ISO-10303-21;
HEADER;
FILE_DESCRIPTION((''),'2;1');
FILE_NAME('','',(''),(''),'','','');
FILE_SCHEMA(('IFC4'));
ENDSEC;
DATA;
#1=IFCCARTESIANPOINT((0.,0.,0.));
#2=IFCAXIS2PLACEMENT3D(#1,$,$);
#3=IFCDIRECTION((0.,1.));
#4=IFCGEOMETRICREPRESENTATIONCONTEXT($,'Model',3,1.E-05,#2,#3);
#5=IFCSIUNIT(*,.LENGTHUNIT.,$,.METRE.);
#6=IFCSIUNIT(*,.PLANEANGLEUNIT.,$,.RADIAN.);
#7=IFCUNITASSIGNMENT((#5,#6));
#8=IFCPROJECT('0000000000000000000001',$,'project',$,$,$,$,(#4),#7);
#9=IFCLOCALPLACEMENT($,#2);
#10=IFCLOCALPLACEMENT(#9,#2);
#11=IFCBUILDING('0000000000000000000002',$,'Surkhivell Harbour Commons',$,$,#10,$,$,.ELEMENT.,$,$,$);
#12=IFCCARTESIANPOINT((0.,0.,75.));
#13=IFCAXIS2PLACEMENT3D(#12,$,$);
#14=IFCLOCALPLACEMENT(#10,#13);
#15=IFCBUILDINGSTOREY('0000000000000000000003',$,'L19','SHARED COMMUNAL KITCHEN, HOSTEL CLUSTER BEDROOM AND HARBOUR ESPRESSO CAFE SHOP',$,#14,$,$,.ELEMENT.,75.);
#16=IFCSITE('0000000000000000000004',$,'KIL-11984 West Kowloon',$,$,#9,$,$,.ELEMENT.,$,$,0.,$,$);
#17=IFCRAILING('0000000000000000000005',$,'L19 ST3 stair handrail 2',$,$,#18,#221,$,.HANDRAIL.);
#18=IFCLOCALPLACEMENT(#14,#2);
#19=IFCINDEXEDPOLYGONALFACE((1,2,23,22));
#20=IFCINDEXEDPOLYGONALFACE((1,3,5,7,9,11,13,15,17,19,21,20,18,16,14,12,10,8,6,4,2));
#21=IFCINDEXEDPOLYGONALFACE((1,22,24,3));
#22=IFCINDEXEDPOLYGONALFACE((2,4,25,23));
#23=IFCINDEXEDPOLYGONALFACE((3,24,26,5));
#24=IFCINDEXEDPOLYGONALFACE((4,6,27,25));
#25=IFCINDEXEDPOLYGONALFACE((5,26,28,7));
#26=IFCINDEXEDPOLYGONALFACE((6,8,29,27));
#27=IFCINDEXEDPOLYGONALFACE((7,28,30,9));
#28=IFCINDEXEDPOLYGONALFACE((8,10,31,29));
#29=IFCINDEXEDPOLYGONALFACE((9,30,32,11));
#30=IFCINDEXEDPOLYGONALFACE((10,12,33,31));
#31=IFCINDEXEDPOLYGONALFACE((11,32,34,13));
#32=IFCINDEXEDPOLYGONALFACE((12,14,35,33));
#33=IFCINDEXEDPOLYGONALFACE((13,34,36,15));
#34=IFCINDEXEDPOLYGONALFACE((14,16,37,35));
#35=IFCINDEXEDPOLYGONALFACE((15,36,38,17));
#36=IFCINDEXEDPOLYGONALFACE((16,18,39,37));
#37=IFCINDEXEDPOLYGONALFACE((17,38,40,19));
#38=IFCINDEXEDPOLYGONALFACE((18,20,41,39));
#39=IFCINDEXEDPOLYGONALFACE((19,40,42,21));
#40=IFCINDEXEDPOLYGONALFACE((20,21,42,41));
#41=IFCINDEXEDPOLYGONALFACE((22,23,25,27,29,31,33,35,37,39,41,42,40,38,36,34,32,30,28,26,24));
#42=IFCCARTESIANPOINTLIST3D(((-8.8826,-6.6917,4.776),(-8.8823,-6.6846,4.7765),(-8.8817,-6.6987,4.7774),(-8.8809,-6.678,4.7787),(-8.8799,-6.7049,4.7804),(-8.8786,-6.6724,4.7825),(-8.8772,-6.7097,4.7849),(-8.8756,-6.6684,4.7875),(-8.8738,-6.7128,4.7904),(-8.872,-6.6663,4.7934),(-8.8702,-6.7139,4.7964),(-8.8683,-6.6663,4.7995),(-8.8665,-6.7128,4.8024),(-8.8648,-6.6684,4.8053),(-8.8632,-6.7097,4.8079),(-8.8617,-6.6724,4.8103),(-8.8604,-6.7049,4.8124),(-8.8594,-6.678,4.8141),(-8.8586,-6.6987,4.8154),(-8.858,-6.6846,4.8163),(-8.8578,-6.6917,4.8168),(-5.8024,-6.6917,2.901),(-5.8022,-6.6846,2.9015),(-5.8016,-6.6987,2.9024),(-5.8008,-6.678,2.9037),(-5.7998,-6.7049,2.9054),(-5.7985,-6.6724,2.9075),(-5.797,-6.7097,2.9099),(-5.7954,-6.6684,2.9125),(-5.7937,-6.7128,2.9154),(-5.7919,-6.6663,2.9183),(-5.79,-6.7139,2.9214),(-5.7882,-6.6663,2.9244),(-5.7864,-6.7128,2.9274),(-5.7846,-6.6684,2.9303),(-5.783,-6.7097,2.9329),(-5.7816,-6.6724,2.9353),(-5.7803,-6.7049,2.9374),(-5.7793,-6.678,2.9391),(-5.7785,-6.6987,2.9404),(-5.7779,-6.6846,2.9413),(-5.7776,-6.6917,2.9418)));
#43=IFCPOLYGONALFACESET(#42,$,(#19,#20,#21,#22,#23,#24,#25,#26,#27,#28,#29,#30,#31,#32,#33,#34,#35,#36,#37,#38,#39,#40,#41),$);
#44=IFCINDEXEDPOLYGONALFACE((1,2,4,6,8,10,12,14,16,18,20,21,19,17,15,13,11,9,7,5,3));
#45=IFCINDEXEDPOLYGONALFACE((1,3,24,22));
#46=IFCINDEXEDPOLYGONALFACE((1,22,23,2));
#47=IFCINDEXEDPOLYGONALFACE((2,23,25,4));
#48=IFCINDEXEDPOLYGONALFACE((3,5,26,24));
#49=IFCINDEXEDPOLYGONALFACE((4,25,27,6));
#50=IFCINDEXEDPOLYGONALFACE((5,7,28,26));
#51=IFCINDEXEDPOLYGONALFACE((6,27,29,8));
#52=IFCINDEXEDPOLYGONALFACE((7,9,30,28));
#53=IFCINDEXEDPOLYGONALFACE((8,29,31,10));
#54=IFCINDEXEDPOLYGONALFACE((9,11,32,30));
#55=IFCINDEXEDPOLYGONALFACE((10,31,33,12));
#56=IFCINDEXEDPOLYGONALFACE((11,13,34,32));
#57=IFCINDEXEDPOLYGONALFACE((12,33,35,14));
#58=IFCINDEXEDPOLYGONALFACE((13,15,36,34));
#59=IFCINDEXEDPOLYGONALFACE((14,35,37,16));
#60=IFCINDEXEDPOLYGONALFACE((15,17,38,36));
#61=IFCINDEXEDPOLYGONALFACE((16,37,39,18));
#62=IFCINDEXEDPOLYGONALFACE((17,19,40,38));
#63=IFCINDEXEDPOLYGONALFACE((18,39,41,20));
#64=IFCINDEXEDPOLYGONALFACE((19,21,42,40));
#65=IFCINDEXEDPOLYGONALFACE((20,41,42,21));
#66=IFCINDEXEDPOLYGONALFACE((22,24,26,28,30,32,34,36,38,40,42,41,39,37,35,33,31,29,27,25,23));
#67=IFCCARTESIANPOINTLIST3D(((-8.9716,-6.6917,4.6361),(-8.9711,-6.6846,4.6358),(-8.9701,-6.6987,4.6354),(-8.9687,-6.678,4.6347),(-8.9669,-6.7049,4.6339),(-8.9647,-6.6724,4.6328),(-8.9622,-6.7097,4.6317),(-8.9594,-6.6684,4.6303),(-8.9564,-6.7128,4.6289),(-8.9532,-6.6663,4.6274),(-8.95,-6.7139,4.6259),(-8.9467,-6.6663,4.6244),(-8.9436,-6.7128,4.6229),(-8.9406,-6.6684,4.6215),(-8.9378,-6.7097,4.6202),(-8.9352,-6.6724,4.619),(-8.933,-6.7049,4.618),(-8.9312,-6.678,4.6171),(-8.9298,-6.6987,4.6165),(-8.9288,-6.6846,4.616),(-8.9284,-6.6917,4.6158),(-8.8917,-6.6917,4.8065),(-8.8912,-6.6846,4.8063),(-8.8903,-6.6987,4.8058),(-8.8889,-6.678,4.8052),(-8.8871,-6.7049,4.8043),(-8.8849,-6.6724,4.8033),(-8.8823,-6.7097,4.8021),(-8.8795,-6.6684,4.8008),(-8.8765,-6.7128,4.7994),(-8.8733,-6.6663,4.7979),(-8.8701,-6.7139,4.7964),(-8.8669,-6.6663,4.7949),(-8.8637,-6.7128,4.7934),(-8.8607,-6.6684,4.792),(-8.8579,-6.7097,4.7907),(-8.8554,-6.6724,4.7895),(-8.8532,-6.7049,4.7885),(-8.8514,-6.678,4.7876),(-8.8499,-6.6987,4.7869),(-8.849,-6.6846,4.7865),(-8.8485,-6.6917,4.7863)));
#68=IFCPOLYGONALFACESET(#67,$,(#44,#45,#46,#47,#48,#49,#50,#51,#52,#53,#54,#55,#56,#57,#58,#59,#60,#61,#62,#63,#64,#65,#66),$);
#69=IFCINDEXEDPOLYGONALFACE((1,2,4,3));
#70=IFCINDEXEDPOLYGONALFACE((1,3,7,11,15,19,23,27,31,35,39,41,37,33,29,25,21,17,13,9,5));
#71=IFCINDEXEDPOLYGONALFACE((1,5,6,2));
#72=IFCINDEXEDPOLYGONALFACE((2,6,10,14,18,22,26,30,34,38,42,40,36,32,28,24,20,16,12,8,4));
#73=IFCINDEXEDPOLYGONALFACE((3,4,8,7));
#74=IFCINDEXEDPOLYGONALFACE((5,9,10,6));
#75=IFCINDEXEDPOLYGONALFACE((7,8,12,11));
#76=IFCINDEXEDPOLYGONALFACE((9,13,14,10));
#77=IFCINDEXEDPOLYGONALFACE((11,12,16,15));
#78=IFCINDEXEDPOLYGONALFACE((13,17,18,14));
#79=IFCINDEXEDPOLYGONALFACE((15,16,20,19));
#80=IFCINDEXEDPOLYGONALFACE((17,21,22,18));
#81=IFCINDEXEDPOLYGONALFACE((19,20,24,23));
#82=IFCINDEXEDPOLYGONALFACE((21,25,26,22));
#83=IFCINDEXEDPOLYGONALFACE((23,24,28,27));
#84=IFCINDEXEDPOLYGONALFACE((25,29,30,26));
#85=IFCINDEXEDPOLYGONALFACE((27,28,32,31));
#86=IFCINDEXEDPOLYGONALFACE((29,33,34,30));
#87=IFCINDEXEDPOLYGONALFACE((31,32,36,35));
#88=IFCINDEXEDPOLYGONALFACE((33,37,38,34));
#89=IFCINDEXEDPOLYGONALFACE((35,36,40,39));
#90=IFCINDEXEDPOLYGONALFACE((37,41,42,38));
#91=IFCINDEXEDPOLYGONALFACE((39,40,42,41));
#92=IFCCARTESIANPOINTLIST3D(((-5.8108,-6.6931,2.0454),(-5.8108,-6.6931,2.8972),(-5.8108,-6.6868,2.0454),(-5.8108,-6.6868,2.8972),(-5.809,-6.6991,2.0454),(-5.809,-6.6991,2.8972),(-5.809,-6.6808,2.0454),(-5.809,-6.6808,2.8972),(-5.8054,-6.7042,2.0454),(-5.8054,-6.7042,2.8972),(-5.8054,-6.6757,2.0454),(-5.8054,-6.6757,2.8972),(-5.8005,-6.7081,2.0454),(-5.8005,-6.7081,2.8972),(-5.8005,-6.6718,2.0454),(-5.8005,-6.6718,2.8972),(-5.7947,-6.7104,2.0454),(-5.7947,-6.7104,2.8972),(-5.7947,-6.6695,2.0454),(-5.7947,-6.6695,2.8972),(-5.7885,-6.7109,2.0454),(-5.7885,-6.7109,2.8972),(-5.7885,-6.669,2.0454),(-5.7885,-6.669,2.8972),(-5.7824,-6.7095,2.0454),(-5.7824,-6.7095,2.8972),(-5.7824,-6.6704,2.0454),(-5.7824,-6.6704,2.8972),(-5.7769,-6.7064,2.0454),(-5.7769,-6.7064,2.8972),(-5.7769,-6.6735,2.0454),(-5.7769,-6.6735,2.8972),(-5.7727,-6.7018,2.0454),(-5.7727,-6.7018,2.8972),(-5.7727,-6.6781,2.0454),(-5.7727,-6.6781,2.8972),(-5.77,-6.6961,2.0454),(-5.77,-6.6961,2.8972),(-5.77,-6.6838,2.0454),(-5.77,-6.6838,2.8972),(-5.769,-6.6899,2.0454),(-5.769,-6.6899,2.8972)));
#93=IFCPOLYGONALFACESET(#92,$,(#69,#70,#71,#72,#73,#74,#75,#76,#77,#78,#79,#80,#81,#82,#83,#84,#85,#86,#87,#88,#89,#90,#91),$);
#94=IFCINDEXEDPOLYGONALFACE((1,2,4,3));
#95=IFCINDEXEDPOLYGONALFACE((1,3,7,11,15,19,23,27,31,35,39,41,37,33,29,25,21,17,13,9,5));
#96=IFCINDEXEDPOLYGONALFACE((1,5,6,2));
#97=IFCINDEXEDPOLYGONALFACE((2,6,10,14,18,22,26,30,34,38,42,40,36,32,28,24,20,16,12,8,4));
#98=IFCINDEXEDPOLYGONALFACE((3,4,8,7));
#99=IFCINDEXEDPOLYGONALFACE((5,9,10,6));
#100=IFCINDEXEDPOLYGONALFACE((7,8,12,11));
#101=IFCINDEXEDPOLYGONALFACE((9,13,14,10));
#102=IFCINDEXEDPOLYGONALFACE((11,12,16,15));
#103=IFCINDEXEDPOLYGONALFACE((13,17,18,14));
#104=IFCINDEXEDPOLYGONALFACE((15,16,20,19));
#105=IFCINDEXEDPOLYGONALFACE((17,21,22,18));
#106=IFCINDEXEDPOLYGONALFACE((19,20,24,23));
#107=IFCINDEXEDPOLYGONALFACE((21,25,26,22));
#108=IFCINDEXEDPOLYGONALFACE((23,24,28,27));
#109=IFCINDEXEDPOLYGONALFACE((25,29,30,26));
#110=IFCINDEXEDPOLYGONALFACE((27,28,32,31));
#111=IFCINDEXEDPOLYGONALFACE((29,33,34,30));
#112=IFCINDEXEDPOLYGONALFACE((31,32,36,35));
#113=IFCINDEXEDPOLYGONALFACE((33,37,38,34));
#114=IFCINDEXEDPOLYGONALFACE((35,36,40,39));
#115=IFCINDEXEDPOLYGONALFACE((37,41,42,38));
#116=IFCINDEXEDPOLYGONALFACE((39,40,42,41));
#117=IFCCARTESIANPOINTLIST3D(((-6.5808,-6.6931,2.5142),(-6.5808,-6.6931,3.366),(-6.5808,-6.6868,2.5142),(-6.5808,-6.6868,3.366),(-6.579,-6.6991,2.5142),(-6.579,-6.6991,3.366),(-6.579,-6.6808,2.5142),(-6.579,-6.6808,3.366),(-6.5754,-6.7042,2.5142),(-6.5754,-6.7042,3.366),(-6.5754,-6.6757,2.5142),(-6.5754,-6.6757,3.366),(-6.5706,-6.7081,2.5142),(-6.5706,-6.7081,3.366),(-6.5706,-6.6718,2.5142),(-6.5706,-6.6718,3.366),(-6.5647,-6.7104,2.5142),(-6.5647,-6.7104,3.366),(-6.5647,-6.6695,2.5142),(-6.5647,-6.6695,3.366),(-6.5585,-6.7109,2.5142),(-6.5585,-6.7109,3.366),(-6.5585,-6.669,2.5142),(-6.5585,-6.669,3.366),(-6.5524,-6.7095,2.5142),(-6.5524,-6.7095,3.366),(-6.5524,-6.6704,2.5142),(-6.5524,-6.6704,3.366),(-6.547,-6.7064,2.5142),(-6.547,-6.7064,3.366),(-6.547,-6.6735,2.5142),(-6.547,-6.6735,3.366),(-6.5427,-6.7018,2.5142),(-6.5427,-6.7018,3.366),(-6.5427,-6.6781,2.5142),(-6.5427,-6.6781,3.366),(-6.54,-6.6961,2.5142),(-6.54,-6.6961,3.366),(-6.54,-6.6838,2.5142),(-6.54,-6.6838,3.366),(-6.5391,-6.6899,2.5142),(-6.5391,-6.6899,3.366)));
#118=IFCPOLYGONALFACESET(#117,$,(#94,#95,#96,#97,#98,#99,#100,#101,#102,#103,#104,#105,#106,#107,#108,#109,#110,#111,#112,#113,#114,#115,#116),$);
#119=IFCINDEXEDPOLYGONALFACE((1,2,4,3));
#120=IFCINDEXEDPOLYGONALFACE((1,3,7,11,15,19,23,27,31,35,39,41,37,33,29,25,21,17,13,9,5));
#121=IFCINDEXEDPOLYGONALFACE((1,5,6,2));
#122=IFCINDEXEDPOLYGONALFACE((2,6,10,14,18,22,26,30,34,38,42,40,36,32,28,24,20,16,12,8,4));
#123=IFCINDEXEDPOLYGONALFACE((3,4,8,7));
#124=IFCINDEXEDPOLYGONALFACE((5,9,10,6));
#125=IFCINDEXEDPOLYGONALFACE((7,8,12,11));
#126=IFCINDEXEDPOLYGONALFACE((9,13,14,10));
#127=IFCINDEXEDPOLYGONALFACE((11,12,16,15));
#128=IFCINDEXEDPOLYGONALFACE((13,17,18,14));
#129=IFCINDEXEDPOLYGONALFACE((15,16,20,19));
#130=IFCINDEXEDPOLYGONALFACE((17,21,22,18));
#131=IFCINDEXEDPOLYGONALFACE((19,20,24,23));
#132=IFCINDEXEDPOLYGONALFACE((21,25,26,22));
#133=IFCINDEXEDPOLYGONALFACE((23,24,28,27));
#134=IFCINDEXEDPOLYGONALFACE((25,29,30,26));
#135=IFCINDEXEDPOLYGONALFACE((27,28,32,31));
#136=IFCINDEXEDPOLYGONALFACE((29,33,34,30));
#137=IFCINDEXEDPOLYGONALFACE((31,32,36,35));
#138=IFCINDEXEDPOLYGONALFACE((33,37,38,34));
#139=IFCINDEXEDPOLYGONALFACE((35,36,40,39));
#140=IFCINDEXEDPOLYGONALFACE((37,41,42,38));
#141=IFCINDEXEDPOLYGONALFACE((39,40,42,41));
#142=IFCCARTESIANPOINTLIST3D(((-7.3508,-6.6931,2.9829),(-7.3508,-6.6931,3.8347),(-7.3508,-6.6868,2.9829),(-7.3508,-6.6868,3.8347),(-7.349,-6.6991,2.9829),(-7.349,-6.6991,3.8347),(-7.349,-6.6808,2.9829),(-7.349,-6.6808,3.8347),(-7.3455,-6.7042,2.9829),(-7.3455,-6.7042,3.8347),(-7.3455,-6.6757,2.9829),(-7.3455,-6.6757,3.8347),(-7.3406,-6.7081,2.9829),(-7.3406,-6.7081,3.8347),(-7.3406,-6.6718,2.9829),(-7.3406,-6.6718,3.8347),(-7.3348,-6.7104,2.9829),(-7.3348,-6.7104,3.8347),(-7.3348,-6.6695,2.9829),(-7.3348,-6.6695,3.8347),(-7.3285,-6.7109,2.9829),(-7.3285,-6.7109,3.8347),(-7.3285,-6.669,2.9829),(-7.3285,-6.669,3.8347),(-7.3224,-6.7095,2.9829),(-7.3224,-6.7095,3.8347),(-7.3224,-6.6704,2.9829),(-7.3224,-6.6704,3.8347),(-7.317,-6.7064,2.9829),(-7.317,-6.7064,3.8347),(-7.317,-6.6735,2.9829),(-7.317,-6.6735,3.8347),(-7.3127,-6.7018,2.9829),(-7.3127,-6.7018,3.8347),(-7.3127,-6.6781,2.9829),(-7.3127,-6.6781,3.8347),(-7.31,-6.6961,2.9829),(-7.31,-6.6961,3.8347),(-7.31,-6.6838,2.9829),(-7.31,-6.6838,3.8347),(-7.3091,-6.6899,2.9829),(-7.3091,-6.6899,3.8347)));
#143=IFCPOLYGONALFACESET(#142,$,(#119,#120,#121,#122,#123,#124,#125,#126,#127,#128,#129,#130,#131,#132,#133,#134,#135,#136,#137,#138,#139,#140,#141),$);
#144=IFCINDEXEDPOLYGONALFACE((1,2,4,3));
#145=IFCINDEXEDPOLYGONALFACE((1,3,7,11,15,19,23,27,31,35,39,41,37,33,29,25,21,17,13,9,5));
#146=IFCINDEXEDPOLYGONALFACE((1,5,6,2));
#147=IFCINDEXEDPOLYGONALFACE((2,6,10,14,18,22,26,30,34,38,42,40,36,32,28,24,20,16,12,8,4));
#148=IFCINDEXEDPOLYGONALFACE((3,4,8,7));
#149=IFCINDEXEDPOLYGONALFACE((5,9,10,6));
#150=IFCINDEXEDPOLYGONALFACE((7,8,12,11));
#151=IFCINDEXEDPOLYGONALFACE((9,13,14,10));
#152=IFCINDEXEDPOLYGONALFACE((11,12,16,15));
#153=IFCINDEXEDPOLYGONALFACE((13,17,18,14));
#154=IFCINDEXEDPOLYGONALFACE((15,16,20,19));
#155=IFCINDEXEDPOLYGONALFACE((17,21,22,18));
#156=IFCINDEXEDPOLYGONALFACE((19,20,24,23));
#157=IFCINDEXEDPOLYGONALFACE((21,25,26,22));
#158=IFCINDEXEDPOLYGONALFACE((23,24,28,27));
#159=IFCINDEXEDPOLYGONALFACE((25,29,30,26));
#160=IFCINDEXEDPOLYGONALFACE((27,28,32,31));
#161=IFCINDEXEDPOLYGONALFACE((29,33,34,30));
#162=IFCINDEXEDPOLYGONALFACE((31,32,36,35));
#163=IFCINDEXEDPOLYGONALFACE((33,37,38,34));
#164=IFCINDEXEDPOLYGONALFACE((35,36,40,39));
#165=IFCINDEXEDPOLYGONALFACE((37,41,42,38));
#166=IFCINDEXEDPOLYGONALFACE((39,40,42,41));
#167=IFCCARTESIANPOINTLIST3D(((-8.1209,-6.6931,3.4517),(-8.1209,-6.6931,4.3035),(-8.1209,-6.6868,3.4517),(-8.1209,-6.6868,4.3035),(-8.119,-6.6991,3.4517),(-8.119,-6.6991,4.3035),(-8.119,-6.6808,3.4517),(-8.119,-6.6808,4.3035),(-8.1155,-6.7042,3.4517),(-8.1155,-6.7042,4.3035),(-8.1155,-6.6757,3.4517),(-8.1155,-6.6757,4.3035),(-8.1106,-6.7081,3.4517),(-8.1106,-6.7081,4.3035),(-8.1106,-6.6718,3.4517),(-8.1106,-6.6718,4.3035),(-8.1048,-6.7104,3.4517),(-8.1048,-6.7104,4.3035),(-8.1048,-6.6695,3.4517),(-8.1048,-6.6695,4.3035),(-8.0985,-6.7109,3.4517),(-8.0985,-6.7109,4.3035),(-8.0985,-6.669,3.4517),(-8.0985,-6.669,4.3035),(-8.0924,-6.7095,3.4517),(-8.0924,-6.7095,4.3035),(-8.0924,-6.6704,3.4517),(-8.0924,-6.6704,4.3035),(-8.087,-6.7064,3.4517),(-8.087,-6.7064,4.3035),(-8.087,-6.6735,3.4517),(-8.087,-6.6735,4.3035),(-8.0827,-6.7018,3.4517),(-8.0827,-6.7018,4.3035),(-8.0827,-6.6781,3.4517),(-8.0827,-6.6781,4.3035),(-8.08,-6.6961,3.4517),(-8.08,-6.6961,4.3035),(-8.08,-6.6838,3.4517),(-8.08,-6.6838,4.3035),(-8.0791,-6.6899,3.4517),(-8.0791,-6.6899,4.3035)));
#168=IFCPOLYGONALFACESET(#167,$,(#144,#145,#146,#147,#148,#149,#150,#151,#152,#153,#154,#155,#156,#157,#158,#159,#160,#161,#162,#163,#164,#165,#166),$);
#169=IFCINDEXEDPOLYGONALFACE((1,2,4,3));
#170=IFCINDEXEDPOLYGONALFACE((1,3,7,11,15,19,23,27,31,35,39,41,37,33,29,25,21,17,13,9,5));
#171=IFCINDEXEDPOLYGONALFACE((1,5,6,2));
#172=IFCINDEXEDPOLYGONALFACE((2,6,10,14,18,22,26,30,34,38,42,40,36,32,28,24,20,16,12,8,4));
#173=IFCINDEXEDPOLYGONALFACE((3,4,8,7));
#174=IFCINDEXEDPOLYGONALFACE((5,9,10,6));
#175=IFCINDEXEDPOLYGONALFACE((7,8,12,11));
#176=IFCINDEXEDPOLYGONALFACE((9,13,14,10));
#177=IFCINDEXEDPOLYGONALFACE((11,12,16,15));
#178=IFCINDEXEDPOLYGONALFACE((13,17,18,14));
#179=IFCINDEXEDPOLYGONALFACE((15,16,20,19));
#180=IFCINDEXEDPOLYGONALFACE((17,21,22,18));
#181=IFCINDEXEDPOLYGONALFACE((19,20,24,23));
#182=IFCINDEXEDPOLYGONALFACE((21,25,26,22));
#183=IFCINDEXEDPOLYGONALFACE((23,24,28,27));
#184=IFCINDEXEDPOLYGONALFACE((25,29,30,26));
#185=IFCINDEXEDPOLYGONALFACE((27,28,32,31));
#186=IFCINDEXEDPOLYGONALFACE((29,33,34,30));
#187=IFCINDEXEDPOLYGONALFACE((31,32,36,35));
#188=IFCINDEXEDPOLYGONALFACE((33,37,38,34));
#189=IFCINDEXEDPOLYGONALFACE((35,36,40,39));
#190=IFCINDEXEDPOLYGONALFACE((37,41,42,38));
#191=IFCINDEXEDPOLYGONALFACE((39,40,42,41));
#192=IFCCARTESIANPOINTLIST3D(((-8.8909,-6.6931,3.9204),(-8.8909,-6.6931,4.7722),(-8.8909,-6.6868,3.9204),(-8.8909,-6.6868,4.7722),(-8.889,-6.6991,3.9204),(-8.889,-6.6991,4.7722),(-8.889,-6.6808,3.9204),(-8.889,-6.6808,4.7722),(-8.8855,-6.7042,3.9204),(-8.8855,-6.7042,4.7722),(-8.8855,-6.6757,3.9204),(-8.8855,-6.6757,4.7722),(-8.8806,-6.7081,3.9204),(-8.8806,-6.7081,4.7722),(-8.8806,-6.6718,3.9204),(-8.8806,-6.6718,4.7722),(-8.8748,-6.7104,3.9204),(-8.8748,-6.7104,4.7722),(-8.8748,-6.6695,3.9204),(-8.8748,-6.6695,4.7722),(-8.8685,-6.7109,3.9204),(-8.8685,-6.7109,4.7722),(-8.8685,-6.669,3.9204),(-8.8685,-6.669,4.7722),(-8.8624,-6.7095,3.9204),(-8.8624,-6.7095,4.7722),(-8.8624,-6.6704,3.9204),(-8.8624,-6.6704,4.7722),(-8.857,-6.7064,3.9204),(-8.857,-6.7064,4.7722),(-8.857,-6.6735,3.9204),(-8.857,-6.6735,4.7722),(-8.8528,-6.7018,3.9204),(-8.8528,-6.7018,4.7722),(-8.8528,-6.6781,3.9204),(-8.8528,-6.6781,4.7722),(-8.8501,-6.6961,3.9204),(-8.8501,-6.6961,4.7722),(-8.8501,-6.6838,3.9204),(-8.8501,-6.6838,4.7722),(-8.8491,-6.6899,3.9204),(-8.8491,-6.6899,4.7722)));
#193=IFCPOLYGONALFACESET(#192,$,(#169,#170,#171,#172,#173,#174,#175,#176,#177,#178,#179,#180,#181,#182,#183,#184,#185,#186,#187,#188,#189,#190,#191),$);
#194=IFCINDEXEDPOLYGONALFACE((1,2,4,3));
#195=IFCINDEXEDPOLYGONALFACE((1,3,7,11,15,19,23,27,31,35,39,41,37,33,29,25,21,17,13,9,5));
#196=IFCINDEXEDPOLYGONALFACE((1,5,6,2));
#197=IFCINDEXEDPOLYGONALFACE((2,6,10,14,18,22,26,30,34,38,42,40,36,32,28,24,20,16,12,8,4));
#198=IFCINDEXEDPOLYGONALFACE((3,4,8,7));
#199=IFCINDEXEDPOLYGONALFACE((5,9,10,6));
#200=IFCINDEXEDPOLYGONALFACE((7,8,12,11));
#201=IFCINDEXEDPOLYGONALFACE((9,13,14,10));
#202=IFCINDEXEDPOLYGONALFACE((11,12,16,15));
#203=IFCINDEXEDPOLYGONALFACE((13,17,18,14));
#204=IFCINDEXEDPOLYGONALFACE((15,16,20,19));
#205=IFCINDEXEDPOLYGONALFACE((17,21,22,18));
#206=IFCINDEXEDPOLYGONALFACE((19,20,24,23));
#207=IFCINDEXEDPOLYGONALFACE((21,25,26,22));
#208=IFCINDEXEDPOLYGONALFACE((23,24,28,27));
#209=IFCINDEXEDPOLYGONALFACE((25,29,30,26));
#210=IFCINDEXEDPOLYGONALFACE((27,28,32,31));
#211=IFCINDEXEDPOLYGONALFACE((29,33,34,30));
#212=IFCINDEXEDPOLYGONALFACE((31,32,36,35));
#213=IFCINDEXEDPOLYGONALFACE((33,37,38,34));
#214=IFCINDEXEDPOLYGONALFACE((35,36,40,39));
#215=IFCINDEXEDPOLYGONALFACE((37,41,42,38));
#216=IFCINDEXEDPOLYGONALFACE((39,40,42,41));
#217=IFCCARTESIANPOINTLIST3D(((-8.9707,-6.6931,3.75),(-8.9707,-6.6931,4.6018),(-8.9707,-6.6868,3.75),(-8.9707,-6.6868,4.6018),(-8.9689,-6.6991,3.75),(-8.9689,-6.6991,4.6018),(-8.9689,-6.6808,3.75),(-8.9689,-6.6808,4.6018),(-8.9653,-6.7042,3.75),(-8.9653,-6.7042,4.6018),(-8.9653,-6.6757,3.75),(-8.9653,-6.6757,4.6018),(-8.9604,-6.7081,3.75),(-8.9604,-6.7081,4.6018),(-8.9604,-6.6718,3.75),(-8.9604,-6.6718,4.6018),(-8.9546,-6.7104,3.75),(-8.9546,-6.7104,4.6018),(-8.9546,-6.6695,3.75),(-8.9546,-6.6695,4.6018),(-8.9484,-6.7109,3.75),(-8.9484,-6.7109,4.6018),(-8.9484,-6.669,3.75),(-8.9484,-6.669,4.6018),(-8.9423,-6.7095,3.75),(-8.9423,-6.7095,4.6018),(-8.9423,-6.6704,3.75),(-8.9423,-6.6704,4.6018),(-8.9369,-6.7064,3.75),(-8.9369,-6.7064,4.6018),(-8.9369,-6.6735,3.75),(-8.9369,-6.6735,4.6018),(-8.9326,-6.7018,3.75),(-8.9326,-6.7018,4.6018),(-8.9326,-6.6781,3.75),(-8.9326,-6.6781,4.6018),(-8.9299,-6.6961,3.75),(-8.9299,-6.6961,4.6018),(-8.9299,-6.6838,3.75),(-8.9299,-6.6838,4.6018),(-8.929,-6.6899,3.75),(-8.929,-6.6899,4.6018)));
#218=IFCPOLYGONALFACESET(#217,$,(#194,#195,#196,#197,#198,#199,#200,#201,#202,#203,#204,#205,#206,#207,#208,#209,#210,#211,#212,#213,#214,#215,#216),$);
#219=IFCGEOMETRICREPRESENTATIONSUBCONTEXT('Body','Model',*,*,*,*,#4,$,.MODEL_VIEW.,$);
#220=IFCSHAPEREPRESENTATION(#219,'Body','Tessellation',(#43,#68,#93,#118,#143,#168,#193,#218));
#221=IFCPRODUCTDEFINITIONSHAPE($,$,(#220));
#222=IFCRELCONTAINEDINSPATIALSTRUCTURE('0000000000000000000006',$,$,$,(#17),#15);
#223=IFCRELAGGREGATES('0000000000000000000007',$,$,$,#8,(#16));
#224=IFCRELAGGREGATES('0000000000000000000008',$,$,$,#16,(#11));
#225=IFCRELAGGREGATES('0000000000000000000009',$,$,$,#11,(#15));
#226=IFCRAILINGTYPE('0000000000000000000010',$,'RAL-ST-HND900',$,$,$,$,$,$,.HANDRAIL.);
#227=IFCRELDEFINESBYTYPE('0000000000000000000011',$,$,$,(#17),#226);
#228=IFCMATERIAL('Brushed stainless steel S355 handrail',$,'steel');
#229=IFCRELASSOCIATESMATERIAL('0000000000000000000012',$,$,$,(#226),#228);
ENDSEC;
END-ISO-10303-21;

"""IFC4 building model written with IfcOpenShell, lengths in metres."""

from ifc_helpers import new_model, si_unit, direction, frame, origin, origin_2d, place, context, subcontext, project, spatial, circle, extrude, material, type_object, element, save


model = new_model("IFC4")

# Units and contexts
model_context = context("Model", 3, precision=1e-05, world=origin(), true_north=direction((0.0, 1.0)))
body_context = subcontext(model_context, "Body", "Model", "MODEL_VIEW")
ifc_project = project(units=[si_unit("LENGTHUNIT", "METRE"), si_unit("PLANEANGLEUNIT", "RADIAN")], contexts=[model_context])

# Site, building, storey
site_placement = place(None, origin())
site = spatial("IfcSite", under=ifc_project, at=site_placement, Name="KIL-11984 West Kowloon", CompositionType="ELEMENT", RefElevation=0.0)
building_placement = place(site_placement, origin())
building = spatial("IfcBuilding", under=site, at=building_placement, Name="Surkhivell Harbour Commons", CompositionType="ELEMENT")
storey_placement = place(building_placement, frame((0.0, 0.0, 75.0)))
storey = spatial("IfcBuildingStorey", under=building, at=storey_placement, Name="L19", Description="SHARED COMMUNAL KITCHEN, HOSTEL CLUSTER BEDROOM AND HARBOUR ESPRESSO CAFE SHOP", CompositionType="ELEMENT", Elevation=75.0)

# Railing
ifc_material_1 = material(Name="Brushed stainless steel S355 handrail", Category="steel")
railing_type_1 = type_object("IfcRailingType", Name="RAL-ST-HND900", PredefinedType="HANDRAIL", material=ifc_material_1)
railing_1_placement = place(storey_placement, frame((-5.79, -6.6899, 2.0454)))
element("IfcRailing", 1, at=railing_1_placement, inside=storey, type_object=railing_type_1, Name="L19 ST3 stair handrail 2", PredefinedType="HANDRAIL", context=body_context, shape_type="SweptSolid", body=[
    extrude(circle(Radius=0.0239, at=origin_2d()), frame((0.0, 0.0, 0.876), z_axis=(-0.854178, 0.0, 0.519981), x_axis=(0.0, -1.0, 0.0)), (0.0, 0.0, 1.0), 3.606),
    extrude(circle(Radius=0.0239, at=origin_2d()), frame((-3.0801, 0.0, 2.751), z_axis=(-0.424234, 0.0, -0.905552), x_axis=(0.0, -1.0, 0.0)), (0.0, 0.0, 1.0), 0.1882),
    extrude(circle(Radius=0.021, at=origin_2d()), origin(), (0.0, 0.0, 1.0), 0.8518),
    extrude(circle(Radius=0.021, at=origin_2d()), frame((-0.77, 0.0, 0.4688)), (0.0, 0.0, 1.0), 0.8518),
    extrude(circle(Radius=0.021, at=origin_2d()), frame((-1.54, 0.0, 0.9375)), (0.0, 0.0, 1.0), 0.8518),
    extrude(circle(Radius=0.021, at=origin_2d()), frame((-2.3101, 0.0, 1.4062)), (0.0, 0.0, 1.0), 0.8518),
    extrude(circle(Radius=0.021, at=origin_2d()), frame((-3.0801, 0.0, 1.875)), (0.0, 0.0, 1.0), 0.8518),
    extrude(circle(Radius=0.021, at=origin_2d()), frame((-3.1599, 0.0, 1.7046)), (0.0, 0.0, 1.0), 0.8518),
])

save(model, "model.ifc")
